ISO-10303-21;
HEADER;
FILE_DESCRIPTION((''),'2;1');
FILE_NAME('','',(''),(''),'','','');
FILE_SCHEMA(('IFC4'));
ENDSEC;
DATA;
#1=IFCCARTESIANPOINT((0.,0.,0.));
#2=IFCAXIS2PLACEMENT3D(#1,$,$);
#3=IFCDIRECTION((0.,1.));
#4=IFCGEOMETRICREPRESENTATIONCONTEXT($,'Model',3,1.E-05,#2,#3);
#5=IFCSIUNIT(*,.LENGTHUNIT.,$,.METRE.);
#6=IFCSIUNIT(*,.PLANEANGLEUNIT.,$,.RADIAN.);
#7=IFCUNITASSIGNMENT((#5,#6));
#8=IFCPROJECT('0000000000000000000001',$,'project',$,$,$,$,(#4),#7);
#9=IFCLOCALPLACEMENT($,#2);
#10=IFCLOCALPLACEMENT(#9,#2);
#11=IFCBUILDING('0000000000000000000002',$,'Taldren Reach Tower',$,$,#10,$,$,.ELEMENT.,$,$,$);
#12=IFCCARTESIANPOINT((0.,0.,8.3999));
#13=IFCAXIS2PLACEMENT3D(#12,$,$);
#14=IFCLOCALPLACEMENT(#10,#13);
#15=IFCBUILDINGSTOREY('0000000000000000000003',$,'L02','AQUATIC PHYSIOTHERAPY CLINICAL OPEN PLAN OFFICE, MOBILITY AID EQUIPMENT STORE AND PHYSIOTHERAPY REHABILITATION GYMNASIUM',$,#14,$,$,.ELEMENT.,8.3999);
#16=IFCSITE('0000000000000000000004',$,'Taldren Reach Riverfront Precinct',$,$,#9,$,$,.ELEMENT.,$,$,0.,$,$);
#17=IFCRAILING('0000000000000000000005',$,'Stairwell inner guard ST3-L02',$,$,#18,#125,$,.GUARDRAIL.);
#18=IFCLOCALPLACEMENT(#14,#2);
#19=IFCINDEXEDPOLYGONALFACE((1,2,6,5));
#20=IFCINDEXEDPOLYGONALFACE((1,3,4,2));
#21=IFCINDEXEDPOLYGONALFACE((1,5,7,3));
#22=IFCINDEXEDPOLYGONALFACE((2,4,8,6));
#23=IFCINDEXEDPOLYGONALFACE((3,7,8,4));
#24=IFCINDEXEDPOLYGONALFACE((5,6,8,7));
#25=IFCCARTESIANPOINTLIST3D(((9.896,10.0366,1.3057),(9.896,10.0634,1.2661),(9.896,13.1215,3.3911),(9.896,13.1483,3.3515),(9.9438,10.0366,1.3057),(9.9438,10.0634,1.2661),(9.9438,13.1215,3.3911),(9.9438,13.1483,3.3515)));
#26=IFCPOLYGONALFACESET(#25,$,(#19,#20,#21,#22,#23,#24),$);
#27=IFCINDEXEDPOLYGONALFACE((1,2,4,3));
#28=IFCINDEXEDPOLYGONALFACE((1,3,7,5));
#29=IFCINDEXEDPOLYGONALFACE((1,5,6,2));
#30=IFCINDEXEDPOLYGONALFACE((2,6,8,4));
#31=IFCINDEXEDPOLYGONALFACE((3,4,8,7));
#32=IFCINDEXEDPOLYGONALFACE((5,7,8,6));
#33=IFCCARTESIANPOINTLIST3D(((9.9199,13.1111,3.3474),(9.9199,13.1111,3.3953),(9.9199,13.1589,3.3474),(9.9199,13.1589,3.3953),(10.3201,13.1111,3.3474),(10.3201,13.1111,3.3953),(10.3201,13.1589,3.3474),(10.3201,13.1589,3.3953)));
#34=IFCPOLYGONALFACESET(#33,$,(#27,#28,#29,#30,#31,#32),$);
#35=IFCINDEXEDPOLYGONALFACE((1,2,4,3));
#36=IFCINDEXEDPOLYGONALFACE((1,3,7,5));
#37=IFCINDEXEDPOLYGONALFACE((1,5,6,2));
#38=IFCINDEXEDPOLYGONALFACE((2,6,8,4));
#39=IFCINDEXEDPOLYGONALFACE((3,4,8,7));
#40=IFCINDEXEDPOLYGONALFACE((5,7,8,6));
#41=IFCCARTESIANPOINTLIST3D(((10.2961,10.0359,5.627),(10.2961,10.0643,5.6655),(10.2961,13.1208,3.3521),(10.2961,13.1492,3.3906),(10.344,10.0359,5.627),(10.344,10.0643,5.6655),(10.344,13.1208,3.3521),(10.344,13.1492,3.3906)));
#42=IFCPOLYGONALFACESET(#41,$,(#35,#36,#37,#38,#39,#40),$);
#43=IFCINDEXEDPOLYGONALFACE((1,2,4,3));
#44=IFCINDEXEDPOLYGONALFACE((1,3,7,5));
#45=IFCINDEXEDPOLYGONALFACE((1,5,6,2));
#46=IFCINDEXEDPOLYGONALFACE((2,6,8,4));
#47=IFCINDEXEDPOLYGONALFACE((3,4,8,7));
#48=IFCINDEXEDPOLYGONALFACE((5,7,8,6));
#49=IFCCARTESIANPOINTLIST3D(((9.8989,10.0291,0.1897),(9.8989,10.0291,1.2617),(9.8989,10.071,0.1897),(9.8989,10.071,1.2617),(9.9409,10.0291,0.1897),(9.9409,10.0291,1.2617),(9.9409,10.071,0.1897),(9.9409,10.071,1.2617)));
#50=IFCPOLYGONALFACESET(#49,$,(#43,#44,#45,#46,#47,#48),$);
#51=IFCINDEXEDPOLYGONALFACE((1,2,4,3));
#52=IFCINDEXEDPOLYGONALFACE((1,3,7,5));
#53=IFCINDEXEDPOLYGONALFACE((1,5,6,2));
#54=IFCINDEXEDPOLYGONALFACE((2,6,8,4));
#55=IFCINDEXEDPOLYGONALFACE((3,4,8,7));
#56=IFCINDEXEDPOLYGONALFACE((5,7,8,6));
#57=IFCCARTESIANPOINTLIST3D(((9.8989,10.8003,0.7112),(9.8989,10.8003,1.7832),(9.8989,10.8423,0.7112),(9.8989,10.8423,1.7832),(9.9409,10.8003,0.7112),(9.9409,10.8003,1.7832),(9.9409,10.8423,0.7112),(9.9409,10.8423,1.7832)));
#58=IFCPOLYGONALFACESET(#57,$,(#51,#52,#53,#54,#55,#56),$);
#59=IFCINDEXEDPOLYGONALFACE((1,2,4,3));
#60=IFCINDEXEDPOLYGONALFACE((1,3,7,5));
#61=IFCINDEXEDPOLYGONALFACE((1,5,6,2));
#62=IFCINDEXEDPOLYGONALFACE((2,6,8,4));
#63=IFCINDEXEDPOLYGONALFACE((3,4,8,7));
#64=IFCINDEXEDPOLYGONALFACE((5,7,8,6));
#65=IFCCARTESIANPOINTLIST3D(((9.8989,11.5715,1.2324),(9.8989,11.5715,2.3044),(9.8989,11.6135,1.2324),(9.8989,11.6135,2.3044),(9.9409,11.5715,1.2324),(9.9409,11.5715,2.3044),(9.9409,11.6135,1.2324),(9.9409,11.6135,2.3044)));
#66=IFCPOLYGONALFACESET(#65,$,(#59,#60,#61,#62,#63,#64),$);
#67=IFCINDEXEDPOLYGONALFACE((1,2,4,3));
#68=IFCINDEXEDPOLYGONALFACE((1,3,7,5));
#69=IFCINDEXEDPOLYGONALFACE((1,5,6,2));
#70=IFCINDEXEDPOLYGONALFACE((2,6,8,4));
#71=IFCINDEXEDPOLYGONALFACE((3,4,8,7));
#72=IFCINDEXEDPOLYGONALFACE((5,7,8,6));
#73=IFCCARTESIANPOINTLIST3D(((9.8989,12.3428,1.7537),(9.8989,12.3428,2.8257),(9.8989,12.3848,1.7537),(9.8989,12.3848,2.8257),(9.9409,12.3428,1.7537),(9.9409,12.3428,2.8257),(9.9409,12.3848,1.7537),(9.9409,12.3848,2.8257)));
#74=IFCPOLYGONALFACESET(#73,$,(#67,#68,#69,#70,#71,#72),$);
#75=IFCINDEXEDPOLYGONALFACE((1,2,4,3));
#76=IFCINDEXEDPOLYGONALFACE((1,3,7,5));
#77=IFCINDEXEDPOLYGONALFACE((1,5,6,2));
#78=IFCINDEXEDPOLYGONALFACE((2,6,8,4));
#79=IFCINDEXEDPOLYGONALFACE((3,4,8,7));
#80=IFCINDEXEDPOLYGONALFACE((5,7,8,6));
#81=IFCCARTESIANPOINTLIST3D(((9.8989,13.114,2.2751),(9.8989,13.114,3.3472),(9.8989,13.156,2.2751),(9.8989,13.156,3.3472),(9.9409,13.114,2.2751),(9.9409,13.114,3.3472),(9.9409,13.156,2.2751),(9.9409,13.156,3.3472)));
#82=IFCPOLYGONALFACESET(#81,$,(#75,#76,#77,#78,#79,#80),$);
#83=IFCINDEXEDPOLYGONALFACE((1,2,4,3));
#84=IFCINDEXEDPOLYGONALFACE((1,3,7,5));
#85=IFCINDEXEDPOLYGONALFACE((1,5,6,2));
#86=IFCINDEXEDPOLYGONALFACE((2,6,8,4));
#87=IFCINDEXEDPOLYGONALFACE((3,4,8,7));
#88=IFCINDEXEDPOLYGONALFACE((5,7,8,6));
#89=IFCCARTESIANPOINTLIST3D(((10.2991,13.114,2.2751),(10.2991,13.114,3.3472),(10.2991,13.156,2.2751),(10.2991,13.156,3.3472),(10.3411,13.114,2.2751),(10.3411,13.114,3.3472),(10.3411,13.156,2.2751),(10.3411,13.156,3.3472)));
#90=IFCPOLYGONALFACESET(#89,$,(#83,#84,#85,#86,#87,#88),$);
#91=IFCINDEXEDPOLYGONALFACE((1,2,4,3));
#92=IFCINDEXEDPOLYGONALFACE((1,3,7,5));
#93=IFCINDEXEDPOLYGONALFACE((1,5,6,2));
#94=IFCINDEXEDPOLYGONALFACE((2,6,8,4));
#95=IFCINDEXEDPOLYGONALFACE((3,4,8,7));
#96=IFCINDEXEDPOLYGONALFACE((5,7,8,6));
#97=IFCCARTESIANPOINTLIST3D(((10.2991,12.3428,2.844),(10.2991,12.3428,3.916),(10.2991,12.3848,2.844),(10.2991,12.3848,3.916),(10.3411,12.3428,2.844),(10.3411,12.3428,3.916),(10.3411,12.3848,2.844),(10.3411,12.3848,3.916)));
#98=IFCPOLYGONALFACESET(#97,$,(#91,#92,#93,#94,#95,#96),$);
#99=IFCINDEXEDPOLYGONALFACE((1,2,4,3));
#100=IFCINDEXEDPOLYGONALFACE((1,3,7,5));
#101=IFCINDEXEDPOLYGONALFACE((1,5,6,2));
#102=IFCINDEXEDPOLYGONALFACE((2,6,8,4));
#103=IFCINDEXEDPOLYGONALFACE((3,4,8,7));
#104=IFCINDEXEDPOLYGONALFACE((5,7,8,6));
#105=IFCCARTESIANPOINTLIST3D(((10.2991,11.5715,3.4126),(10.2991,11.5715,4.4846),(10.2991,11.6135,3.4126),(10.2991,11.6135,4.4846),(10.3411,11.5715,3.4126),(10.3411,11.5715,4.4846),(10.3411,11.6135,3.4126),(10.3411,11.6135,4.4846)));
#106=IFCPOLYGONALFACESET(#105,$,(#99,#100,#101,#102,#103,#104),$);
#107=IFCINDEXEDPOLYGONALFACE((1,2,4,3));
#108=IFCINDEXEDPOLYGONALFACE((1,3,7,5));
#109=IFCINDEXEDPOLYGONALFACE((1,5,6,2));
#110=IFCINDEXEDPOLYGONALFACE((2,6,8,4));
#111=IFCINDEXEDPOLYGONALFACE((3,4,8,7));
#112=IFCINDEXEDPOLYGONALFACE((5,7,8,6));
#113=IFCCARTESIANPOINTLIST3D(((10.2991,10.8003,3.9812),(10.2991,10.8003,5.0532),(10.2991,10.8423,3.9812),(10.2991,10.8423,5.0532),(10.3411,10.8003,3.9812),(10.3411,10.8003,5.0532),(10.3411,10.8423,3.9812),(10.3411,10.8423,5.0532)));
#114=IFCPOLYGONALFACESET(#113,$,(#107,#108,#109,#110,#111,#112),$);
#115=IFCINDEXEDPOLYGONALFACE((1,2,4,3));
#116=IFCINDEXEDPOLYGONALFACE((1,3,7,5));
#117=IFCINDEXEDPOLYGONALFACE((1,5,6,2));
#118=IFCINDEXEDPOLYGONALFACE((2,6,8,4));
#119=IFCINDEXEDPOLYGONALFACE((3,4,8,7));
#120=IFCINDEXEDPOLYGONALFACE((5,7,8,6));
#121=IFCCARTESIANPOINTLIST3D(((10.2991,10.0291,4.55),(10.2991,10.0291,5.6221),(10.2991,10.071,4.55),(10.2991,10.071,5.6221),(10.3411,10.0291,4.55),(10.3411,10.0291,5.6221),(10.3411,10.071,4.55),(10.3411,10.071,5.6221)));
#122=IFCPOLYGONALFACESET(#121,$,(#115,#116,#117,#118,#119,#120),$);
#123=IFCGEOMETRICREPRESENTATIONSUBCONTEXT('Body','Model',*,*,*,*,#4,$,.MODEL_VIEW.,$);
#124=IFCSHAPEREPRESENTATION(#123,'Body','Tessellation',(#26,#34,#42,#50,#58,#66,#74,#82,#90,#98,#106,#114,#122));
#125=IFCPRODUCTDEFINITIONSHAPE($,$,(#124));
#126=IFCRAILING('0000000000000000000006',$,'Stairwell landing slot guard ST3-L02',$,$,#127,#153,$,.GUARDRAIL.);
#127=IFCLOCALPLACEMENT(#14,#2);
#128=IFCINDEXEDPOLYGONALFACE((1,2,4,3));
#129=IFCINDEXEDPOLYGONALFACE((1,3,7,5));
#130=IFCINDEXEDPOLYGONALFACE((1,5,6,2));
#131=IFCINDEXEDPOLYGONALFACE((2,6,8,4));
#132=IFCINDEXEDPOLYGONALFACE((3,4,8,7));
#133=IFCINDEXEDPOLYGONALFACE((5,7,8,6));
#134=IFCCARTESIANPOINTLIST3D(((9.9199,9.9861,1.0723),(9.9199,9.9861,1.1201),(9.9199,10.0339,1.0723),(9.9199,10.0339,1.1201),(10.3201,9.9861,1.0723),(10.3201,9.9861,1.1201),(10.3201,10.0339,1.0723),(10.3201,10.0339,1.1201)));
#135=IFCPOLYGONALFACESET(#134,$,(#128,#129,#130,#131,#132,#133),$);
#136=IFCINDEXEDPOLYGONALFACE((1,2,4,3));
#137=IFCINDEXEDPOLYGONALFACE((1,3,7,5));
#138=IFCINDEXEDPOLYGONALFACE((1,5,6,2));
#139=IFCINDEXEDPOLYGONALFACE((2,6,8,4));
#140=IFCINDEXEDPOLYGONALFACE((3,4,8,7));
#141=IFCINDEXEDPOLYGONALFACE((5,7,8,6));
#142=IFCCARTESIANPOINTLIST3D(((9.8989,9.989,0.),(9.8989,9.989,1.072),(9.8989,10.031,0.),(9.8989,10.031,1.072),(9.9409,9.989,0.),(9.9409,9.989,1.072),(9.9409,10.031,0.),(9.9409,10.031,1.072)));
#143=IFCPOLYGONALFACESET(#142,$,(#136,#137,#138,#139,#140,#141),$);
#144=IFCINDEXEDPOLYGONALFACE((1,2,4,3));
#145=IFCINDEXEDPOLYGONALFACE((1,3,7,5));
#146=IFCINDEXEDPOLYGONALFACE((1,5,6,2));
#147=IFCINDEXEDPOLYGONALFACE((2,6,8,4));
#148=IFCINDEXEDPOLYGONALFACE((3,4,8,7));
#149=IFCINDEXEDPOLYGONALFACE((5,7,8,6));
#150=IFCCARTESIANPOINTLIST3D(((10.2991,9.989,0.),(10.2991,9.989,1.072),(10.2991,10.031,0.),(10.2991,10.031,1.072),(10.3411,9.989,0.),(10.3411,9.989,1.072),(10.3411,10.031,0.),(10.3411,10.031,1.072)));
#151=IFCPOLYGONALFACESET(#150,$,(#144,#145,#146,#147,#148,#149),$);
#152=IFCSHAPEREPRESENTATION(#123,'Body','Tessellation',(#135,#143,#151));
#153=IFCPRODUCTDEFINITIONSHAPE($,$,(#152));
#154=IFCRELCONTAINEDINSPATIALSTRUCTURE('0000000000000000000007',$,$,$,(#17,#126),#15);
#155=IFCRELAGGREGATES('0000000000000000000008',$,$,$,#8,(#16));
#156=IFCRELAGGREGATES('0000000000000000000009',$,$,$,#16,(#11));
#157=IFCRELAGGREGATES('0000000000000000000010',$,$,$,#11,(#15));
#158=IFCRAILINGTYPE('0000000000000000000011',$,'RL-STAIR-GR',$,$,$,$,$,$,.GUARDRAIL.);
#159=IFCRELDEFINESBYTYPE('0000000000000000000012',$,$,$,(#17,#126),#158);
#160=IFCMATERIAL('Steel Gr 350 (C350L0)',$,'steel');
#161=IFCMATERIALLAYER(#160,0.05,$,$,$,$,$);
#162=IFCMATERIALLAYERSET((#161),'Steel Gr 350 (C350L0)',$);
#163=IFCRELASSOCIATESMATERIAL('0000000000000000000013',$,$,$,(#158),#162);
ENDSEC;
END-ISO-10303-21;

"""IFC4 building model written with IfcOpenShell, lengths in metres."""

from ifc_helpers import new_model, si_unit, direction, frame, origin, origin_2d, place, context, subcontext, project, spatial, rectangle, extrude, material, layer, layer_set, type_object, element, save


model = new_model("IFC4")

# Units and contexts
model_context = context("Model", 3, precision=1e-05, world=origin(), true_north=direction((0.0, 1.0)))
body_context = subcontext(model_context, "Body", "Model", "MODEL_VIEW")
ifc_project = project(units=[si_unit("LENGTHUNIT", "METRE"), si_unit("PLANEANGLEUNIT", "RADIAN")], contexts=[model_context])

# Site, building, storey
site_placement = place(None, origin())
site = spatial("IfcSite", under=ifc_project, at=site_placement, Name="Taldren Reach Riverfront Precinct", CompositionType="ELEMENT", RefElevation=0.0)
building_placement = place(site_placement, origin())
building = spatial("IfcBuilding", under=site, at=building_placement, Name="Taldren Reach Tower", CompositionType="ELEMENT")
storey_placement = place(building_placement, frame((0.0, 0.0, 8.3999)))
storey = spatial("IfcBuildingStorey", under=building, at=storey_placement, Name="L02", Description="AQUATIC PHYSIOTHERAPY CLINICAL OPEN PLAN OFFICE, MOBILITY AID EQUIPMENT STORE AND PHYSIOTHERAPY REHABILITATION GYMNASIUM", CompositionType="ELEMENT", Elevation=8.3999)

# Shared definitions
ifc_material_1 = material(Name="Steel Gr 350 (C350L0)", Category="steel")

# Railings
ifc_layer_1 = layer(ifc_material_1, 0.05)
ifc_layer_set_1 = layer_set([ifc_layer_1], Name="Steel Gr 350 (C350L0)")
railing_type_1 = type_object("IfcRailingType", Name="RL-STAIR-GR", PredefinedType="GUARDRAIL", material=ifc_layer_set_1)
railing_1_placement = place(storey_placement, frame((9.9199, 10.05, 0.1897)))
element("IfcRailing", 1, at=railing_1_placement, inside=storey, type_object=railing_type_1, Name="Stairwell inner guard ST3-L02", PredefinedType="GUARDRAIL", context=body_context, shape_type="SweptSolid", body=[
    extrude(rectangle(XDim=0.0479, YDim=0.0479, at=origin_2d()), frame((0.0, 0.0, 1.0962), z_axis=(0.0, 0.828462, 0.560045), x_axis=(-1.0, 0.0, 0.0)), (0.0, 0.0, 1.0), 3.7236),
    extrude(rectangle(XDim=0.0479, YDim=0.0479, at=origin_2d()), frame((0.0, 3.085, 3.1816), z_axis=(1.0, 0.0, 0.0), x_axis=(0.0, 1.0, 0.0)), (0.0, 0.0, 1.0), 0.4001),
    extrude(rectangle(XDim=0.0479, YDim=0.0479, at=origin_2d()), frame((0.4001, 3.085, 3.1816), z_axis=(0.0, -0.804835, 0.593499), x_axis=(1.0, 0.0, 0.0)), (0.0, 0.0, 1.0), 3.833),
    extrude(rectangle(XDim=0.042, YDim=0.042, at=origin_2d()), origin(), (0.0, 0.0, 1.0), 1.072),
    extrude(rectangle(XDim=0.042, YDim=0.042, at=origin_2d()), frame((0.0, 0.7712, 0.5215)), (0.0, 0.0, 1.0), 1.072),
    extrude(rectangle(XDim=0.042, YDim=0.042, at=origin_2d()), frame((0.0, 1.5425, 1.0427)), (0.0, 0.0, 1.0), 1.072),
    extrude(rectangle(XDim=0.042, YDim=0.042, at=origin_2d()), frame((0.0, 2.3137, 1.564)), (0.0, 0.0, 1.0), 1.072),
    extrude(rectangle(XDim=0.042, YDim=0.042, at=origin_2d()), frame((0.0, 3.085, 2.0854)), (0.0, 0.0, 1.0), 1.072),
    extrude(rectangle(XDim=0.042, YDim=0.042, at=origin_2d()), frame((0.4001, 3.085, 2.0854)), (0.0, 0.0, 1.0), 1.072),
    extrude(rectangle(XDim=0.042, YDim=0.042, at=origin_2d()), frame((0.4001, 2.3137, 2.6543)), (0.0, 0.0, 1.0), 1.072),
    extrude(rectangle(XDim=0.042, YDim=0.042, at=origin_2d()), frame((0.4001, 1.5425, 3.2229)), (0.0, 0.0, 1.0), 1.072),
    extrude(rectangle(XDim=0.042, YDim=0.042, at=origin_2d()), frame((0.4001, 0.7712, 3.7915)), (0.0, 0.0, 1.0), 1.072),
    extrude(rectangle(XDim=0.042, YDim=0.042, at=origin_2d()), frame((0.4001, 0.0, 4.3604)), (0.0, 0.0, 1.0), 1.072),
])
railing_2_placement = place(storey_placement, frame((9.9199, 10.01, 0.0)))
element("IfcRailing", 2, at=railing_2_placement, inside=storey, type_object=railing_type_1, Name="Stairwell landing slot guard ST3-L02", PredefinedType="GUARDRAIL", context=body_context, shape_type="SweptSolid", body=[
    extrude(rectangle(XDim=0.0479, YDim=0.0479, at=origin_2d()), frame((0.0, 0.0, 1.0962), z_axis=(1.0, 0.0, 0.0), x_axis=(0.0, 1.0, 0.0)), (0.0, 0.0, 1.0), 0.4001),
    extrude(rectangle(XDim=0.042, YDim=0.042, at=origin_2d()), origin(), (0.0, 0.0, 1.0), 1.072),
    extrude(rectangle(XDim=0.042, YDim=0.042, at=origin_2d()), frame((0.4001, 0.0, 0.0)), (0.0, 0.0, 1.0), 1.072),
])

save(model, "model.ifc")
